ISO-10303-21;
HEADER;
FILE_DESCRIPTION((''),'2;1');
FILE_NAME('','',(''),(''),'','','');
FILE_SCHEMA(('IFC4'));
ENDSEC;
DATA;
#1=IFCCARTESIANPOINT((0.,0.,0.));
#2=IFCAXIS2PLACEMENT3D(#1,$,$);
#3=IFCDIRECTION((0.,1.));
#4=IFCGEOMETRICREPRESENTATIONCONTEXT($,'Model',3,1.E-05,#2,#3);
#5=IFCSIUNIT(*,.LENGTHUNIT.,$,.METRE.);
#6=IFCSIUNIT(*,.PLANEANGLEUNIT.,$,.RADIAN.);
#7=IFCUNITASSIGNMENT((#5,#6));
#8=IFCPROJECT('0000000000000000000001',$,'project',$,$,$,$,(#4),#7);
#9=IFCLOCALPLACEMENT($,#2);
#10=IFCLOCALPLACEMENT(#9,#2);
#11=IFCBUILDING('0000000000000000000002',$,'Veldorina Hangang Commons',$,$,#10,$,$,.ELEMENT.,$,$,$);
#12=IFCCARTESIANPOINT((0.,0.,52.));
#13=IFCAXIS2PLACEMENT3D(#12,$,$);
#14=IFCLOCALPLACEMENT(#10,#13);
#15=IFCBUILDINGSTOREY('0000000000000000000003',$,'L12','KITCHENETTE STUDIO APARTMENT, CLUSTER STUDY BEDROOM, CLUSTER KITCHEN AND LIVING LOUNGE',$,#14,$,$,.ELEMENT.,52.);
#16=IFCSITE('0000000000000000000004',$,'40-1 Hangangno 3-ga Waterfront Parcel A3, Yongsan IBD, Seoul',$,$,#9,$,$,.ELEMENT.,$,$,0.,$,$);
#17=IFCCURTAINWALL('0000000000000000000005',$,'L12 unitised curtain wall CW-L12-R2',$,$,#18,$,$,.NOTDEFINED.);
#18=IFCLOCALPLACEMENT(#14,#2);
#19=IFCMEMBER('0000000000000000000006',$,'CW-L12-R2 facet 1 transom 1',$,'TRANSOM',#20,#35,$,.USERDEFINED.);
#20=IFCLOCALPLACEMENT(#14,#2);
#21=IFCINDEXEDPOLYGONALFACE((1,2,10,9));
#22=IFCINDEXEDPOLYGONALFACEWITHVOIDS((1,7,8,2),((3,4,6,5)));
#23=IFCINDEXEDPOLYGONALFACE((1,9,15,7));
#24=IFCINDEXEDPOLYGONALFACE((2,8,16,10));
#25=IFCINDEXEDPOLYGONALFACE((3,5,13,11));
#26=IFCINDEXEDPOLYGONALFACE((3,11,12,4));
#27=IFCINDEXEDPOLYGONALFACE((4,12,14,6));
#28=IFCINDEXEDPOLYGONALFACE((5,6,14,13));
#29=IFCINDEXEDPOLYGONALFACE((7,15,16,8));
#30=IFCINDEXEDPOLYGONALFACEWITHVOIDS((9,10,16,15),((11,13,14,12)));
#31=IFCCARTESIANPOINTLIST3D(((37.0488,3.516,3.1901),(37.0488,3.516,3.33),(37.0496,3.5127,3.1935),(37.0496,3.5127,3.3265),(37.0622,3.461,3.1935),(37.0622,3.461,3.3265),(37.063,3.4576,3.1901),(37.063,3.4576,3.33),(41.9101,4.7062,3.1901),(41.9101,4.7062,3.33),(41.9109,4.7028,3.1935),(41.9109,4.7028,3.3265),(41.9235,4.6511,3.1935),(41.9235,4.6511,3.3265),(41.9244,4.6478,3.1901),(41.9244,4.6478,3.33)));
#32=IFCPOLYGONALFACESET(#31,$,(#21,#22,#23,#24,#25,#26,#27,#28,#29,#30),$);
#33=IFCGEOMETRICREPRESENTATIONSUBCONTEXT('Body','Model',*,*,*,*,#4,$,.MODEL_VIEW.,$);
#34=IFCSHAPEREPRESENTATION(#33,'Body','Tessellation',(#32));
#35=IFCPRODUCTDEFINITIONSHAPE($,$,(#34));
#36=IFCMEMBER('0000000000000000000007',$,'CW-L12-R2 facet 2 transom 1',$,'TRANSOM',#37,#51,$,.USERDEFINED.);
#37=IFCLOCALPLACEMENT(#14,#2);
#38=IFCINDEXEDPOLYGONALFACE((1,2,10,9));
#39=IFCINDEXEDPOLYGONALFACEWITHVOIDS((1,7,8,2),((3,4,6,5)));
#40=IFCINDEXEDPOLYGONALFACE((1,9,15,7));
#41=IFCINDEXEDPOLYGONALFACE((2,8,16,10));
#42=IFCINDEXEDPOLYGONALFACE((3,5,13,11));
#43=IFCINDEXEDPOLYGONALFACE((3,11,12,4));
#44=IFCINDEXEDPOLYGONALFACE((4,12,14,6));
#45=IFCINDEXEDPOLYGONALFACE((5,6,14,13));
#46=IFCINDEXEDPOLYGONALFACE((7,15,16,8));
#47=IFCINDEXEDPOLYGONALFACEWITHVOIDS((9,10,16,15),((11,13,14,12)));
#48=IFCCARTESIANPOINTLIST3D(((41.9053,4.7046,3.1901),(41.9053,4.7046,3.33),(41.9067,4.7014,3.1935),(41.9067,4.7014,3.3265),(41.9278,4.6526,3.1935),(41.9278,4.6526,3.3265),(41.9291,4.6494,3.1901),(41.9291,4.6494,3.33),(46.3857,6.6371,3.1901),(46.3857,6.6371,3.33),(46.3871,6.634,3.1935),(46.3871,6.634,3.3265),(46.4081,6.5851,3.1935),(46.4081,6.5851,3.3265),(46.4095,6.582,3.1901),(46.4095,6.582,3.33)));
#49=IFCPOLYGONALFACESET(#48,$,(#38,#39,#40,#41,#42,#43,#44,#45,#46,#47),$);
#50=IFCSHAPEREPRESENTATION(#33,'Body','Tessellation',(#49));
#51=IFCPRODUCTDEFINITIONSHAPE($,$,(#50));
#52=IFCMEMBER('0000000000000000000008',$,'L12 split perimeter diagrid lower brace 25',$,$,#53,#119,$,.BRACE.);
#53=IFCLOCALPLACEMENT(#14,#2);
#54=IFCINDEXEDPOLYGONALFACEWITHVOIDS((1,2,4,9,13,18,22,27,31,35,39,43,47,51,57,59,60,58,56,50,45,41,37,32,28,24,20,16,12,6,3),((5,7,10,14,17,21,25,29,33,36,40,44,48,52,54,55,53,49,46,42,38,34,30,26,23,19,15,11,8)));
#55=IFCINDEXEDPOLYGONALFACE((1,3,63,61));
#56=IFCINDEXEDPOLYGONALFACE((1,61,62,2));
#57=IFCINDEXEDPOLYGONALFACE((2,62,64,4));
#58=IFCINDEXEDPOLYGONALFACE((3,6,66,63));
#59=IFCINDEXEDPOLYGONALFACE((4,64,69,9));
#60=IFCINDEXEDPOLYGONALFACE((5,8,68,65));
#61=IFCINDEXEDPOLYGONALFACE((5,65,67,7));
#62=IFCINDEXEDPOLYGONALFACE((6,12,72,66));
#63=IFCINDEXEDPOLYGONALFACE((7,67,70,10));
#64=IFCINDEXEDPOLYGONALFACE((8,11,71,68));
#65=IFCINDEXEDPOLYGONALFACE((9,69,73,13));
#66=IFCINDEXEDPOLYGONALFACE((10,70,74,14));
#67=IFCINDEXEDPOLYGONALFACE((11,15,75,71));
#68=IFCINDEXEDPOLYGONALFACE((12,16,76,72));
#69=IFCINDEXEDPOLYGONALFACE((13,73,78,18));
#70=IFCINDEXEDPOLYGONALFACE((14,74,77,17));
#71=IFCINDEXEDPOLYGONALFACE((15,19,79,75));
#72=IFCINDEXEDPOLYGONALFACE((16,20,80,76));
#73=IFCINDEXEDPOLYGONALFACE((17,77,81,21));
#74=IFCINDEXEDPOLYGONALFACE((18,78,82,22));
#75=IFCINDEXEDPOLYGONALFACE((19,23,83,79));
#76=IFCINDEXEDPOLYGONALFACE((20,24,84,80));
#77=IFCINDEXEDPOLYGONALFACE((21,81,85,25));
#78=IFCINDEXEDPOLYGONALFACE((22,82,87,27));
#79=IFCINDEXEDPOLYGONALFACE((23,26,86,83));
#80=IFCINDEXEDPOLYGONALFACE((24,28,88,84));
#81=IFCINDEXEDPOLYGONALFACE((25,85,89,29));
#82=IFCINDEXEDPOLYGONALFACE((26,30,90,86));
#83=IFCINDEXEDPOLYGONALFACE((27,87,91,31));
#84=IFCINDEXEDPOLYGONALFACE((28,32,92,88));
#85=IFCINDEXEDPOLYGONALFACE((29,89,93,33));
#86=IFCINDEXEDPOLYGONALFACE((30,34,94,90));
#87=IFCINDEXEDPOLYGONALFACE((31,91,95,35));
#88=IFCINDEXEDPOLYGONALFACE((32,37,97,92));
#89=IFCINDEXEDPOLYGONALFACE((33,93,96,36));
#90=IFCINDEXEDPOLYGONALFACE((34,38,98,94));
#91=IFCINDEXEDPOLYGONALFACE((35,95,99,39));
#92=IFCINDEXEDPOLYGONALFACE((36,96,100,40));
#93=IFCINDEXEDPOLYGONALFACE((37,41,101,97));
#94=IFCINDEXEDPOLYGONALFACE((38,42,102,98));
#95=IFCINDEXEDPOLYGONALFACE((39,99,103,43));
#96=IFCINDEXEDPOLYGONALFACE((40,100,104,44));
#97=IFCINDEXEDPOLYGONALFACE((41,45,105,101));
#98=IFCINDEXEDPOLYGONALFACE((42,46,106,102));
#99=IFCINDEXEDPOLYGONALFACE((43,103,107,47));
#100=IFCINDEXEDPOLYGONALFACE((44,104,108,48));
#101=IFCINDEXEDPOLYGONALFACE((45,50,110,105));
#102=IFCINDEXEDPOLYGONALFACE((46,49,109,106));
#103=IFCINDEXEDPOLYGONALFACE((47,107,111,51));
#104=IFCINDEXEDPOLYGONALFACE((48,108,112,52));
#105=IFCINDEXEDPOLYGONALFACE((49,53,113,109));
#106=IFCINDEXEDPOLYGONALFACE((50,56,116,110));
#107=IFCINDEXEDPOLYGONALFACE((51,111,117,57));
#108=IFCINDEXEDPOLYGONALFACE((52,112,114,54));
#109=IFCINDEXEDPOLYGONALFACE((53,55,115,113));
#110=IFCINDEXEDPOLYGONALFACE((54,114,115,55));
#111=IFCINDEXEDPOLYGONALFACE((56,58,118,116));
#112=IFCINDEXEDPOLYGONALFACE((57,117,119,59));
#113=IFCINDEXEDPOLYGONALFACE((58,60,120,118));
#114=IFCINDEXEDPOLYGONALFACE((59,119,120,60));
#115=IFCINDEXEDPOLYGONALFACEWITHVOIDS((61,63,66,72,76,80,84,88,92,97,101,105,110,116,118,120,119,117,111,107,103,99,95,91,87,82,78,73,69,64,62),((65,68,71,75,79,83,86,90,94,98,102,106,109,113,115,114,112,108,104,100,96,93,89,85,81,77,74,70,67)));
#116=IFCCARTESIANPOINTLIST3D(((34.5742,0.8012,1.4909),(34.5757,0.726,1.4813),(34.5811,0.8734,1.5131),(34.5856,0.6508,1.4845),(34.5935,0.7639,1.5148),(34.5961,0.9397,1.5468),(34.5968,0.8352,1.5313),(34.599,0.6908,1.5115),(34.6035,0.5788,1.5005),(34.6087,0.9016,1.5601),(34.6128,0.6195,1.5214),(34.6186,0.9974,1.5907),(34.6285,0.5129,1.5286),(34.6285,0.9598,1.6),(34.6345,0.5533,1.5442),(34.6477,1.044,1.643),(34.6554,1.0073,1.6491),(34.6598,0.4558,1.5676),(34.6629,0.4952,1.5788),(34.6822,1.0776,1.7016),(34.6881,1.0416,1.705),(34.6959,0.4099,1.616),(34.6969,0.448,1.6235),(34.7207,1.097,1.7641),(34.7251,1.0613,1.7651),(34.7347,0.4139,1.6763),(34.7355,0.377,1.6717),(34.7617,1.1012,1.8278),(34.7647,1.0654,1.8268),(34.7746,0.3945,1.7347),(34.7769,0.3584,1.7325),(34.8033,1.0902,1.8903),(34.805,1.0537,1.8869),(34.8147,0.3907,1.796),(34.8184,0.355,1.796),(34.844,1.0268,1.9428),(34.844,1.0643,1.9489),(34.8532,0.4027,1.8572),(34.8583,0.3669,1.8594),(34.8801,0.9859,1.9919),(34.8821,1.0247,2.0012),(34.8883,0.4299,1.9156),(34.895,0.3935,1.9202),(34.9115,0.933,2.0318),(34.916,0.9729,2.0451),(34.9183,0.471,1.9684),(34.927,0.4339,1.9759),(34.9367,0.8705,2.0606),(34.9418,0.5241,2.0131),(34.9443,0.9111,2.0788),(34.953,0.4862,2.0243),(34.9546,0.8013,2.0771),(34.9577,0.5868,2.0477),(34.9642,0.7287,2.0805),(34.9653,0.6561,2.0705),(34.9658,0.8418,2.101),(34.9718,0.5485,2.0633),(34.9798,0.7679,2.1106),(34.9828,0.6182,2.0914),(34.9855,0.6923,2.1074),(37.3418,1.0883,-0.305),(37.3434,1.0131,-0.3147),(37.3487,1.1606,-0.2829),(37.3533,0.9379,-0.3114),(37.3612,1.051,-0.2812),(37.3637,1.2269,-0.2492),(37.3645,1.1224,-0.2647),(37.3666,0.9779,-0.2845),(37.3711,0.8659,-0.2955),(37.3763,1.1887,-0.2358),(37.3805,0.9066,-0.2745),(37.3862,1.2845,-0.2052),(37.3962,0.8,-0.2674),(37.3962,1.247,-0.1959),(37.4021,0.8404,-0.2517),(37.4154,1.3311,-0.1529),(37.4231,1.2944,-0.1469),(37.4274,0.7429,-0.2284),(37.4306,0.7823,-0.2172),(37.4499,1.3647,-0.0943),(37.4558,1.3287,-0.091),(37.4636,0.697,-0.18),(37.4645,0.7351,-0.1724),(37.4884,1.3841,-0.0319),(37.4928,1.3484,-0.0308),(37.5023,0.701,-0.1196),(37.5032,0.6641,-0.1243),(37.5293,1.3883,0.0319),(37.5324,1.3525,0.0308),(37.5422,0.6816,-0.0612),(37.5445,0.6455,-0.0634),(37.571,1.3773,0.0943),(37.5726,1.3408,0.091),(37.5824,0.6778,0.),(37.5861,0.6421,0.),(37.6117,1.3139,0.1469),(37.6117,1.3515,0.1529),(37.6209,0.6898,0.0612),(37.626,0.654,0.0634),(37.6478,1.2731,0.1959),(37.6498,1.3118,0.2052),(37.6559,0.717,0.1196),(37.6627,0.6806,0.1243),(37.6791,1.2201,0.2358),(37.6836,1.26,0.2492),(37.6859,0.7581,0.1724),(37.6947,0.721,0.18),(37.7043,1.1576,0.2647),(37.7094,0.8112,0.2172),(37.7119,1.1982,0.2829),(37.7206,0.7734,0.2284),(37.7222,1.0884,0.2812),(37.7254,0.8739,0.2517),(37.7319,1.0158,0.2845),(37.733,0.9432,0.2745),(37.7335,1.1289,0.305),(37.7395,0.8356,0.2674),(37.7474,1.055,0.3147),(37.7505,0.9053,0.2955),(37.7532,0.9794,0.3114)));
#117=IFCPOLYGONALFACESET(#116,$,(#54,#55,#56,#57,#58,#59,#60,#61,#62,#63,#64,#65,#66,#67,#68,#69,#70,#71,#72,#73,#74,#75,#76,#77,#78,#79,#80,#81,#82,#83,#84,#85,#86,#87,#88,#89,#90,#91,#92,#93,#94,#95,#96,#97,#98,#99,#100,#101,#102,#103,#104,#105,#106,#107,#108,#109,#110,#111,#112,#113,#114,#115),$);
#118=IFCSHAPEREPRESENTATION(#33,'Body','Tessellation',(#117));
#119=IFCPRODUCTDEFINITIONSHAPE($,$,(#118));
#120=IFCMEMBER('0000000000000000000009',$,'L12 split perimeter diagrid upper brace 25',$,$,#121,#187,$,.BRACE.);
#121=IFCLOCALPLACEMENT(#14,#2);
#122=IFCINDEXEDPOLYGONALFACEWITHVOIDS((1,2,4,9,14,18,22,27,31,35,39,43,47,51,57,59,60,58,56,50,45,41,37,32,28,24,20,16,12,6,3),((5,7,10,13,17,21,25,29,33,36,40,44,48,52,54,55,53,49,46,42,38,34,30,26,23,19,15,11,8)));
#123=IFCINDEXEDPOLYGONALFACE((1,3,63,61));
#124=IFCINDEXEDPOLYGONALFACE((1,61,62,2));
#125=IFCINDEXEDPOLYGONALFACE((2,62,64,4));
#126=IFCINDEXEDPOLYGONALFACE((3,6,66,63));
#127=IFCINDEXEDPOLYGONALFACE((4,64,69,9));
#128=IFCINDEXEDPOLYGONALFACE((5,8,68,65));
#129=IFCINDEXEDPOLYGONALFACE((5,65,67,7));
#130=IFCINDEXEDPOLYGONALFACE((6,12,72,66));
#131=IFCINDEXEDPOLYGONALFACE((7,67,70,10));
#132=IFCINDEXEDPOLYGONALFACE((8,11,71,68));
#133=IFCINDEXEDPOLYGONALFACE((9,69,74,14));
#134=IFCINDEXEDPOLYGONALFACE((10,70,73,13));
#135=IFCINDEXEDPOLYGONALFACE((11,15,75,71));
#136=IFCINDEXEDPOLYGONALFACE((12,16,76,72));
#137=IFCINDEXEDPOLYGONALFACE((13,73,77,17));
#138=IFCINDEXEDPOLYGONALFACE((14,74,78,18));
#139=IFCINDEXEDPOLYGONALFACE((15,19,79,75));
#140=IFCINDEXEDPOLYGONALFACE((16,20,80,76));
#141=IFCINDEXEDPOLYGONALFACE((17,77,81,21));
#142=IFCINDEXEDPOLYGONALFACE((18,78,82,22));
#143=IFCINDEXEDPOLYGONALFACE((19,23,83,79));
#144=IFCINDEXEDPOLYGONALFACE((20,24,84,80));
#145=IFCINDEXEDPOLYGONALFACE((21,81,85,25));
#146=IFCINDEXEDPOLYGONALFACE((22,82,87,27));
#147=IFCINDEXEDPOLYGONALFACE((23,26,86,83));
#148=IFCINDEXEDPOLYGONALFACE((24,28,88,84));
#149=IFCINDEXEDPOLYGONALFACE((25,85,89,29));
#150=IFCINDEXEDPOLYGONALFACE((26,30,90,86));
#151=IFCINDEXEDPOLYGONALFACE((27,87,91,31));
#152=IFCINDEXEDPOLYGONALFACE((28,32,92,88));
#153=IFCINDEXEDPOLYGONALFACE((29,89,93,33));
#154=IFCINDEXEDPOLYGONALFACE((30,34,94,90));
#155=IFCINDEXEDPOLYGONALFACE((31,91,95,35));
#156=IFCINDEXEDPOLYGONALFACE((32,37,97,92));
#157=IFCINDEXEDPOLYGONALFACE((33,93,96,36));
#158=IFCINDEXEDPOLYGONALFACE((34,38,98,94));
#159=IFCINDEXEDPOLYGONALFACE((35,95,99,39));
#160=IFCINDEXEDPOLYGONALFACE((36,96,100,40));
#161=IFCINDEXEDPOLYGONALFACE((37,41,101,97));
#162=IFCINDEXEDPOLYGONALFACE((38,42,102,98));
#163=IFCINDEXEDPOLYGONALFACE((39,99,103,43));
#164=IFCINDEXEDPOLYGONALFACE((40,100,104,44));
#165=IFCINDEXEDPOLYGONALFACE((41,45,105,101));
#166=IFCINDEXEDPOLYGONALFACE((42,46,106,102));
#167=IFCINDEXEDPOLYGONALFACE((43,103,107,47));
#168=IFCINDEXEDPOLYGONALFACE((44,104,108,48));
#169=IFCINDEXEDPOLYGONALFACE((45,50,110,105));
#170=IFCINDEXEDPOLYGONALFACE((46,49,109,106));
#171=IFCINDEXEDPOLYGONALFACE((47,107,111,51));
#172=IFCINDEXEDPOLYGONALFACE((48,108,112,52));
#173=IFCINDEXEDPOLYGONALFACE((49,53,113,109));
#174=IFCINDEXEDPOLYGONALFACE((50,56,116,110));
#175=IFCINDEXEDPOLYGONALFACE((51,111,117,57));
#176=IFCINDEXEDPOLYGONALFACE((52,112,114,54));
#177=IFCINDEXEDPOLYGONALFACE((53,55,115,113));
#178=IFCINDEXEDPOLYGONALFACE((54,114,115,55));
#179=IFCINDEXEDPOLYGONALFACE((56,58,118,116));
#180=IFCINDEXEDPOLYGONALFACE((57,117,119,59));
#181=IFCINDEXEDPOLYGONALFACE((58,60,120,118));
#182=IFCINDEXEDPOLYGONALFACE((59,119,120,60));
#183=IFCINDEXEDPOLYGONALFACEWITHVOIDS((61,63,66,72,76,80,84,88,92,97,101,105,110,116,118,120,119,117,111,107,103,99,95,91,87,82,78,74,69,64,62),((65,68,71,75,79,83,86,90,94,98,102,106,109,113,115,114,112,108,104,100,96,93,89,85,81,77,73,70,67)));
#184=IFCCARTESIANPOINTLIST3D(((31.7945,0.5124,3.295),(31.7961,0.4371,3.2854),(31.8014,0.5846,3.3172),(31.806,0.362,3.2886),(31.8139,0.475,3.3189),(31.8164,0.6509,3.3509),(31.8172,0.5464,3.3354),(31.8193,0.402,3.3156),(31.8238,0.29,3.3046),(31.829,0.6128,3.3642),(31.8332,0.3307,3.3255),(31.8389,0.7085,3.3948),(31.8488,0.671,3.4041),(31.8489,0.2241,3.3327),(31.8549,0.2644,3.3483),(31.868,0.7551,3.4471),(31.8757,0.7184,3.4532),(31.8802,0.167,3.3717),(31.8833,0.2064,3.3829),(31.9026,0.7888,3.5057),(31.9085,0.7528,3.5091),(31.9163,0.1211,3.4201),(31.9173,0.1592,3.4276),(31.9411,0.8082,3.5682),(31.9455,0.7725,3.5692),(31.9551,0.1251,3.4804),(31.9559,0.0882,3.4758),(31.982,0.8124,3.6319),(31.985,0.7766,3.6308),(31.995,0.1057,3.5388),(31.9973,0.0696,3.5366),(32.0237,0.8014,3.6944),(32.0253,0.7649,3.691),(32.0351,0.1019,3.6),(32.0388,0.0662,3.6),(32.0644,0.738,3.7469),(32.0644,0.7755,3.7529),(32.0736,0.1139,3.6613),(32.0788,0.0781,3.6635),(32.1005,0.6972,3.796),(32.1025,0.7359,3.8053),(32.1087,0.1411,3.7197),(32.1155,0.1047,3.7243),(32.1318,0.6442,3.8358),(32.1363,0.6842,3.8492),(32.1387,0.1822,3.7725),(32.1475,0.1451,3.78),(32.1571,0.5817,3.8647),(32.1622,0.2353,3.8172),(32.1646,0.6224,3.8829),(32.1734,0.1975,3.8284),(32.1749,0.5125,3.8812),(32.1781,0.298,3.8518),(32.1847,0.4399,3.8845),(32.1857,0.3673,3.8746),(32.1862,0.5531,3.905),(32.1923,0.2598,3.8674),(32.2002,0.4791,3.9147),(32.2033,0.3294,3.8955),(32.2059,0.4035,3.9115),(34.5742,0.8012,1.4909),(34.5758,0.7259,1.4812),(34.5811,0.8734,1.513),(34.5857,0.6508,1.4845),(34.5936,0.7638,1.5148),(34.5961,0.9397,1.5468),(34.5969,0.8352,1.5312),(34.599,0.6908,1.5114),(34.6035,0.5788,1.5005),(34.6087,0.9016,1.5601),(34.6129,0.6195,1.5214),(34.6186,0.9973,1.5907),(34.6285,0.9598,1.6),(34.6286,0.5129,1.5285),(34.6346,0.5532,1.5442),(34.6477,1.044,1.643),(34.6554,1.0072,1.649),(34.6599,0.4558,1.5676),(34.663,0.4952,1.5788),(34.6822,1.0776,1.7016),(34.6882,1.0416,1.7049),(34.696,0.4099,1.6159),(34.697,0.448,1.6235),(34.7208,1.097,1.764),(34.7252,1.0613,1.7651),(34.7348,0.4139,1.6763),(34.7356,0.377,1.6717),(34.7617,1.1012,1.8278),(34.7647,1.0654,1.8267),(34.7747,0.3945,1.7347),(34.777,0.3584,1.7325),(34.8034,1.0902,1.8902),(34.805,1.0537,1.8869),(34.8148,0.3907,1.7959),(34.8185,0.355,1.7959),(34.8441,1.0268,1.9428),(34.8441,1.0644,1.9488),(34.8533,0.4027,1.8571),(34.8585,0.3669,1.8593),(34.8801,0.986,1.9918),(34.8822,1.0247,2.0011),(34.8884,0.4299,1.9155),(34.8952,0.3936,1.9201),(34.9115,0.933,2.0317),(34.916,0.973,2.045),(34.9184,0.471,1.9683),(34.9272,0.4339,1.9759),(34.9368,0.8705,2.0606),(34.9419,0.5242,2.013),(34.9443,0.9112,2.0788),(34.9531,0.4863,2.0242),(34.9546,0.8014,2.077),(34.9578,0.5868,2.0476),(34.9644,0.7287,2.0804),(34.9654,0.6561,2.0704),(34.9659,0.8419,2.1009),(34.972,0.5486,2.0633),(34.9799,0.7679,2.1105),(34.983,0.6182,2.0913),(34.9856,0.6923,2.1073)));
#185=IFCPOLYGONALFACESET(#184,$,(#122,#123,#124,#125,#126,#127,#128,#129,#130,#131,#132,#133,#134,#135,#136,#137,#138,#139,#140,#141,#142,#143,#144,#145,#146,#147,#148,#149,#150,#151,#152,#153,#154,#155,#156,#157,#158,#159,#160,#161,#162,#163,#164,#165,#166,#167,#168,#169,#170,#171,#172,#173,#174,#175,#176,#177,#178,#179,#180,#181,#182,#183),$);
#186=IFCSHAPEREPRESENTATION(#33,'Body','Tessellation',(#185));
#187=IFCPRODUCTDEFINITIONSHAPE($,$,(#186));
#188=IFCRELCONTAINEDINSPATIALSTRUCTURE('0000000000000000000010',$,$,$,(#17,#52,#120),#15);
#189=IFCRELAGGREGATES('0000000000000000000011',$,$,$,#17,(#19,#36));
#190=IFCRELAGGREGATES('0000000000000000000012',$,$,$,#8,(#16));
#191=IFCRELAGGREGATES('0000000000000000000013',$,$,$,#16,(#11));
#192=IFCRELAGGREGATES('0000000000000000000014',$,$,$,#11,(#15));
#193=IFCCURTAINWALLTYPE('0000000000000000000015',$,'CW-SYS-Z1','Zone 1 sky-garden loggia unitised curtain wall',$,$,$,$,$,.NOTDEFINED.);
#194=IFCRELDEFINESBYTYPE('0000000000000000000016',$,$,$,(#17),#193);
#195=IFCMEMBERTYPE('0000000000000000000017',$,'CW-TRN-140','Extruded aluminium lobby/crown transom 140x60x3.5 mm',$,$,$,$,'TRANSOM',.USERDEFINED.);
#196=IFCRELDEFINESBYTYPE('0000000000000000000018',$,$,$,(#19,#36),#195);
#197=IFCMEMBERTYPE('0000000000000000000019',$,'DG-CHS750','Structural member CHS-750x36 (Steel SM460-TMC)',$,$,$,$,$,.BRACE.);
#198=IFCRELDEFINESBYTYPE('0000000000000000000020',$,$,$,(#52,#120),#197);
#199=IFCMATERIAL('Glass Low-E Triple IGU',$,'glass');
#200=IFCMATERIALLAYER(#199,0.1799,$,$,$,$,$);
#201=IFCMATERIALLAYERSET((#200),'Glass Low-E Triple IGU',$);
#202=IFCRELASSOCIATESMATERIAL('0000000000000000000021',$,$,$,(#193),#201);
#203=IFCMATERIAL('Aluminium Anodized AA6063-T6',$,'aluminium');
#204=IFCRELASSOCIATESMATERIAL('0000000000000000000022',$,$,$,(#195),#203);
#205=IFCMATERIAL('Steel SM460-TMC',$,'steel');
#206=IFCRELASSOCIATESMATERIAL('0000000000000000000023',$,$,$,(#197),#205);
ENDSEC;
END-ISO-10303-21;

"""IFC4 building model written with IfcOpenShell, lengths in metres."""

from ifc_helpers import new_model, si_unit, direction, frame, origin, origin_2d, place, context, subcontext, project, spatial, hollow_rectangle, hollow_circle, extrude, material, layer, layer_set, material_profile, profile_set, type_object, element, aggregate, save


model = new_model("IFC4")

# Units and contexts
model_context = context("Model", 3, precision=1e-05, world=origin(), true_north=direction((0.0, 1.0)))
body_context = subcontext(model_context, "Body", "Model", "MODEL_VIEW")
ifc_project = project(units=[si_unit("LENGTHUNIT", "METRE"), si_unit("PLANEANGLEUNIT", "RADIAN")], contexts=[model_context])

# Site, building, storey
site_placement = place(None, origin())
site = spatial("IfcSite", under=ifc_project, at=site_placement, Name="40-1 Hangangno 3-ga Waterfront Parcel A3, Yongsan IBD, Seoul", CompositionType="ELEMENT", RefElevation=0.0)
building_placement = place(site_placement, origin())
building = spatial("IfcBuilding", under=site, at=building_placement, Name="Veldorina Hangang Commons", CompositionType="ELEMENT")
storey_placement = place(building_placement, frame((0.0, 0.0, 52.0)))
storey = spatial("IfcBuildingStorey", under=building, at=storey_placement, Name="L12", Description="KITCHENETTE STUDIO APARTMENT, CLUSTER STUDY BEDROOM, CLUSTER KITCHEN AND LIVING LOUNGE", CompositionType="ELEMENT", Elevation=52.0)

# Shared definitions
ifc_material_1 = material(Name="Steel SM460-TMC", Category="steel")

# Shared definitions
ifc_material_2 = material(Name="Glass Low-E Triple IGU", Category="glass")
ifc_layer_1 = layer(ifc_material_2, 0.1799)
ifc_layer_set_1 = layer_set([ifc_layer_1], Name="Glass Low-E Triple IGU")
curtain_wall_type = type_object("IfcCurtainWallType", Name="CW-SYS-Z1", Description="Zone 1 sky-garden loggia unitised curtain wall", PredefinedType="NOTDEFINED", material=ifc_layer_set_1)
ifc_material_3 = material(Name="Aluminium Anodized AA6063-T6", Category="aluminium")

# Curtain wall, members
curtain_wall_1_placement = place(storey_placement, origin())
curtain_wall_1 = element("IfcCurtainWall", 1, at=curtain_wall_1_placement, inside=storey, type_object=curtain_wall_type, Name="L12 unitised curtain wall CW-L12-R2", PredefinedType="NOTDEFINED")
ifc_material_profile_1 = material_profile(ifc_material_3, hollow_rectangle(XDim=0.0601, YDim=0.1399, WallThickness=0.0034, at=origin_2d()), Name="ALU-RHS-140x60x3.5")
ifc_profile_set_1 = profile_set([ifc_material_profile_1], Name="Aluminium Anodized AA6063-T6")
member_type_1 = type_object("IfcMemberType", Name="CW-TRN-140", Description="Extruded aluminium lobby/crown transom 140x60x3.5 mm", ElementType="TRANSOM", PredefinedType="USERDEFINED", material=ifc_profile_set_1)
member_1_placement = place(storey_placement, frame((37.0559, 3.4868, 3.26), z_axis=(0.971313, 0.237804, 0.0), x_axis=(-0.237804, 0.971313, 0.0)))
member_1 = element("IfcMember", 2, at=member_1_placement, type_object=member_type_1, Name="CW-L12-R2 facet 1 transom 1", ObjectType="TRANSOM", PredefinedType="USERDEFINED", context=body_context, shape_type="SweptSolid", body=[
    extrude(hollow_rectangle(XDim=0.0601, YDim=0.1399, WallThickness=0.0034, at=origin_2d()), origin(), (0.0, 0.0, 1.0), 5.0049),
])
member_2_placement = place(storey_placement, frame((41.9172, 4.677, 3.26), z_axis=(0.918221, 0.396068, 0.0), x_axis=(-0.396068, 0.918221, 0.0)))
member_2 = element("IfcMember", 3, at=member_2_placement, type_object=member_type_1, Name="CW-L12-R2 facet 2 transom 1", ObjectType="TRANSOM", PredefinedType="USERDEFINED", context=body_context, shape_type="SweptSolid", body=[
    extrude(hollow_rectangle(XDim=0.0601, YDim=0.1399, WallThickness=0.0034, at=origin_2d()), origin(), (0.0, 0.0, 1.0), 4.8794),
])

# Members
ifc_material_profile_2 = material_profile(ifc_material_1, hollow_circle(Radius=0.375, WallThickness=0.0359, at=origin_2d()), Name="CHS-750x36")
ifc_profile_set_2 = profile_set([ifc_material_profile_2], Name="Steel SM460-TMC")
member_type_2 = type_object("IfcMemberType", Name="DG-CHS750", Description="Structural member CHS-750x36 (Steel SM460-TMC)", PredefinedType="BRACE", material=ifc_profile_set_2)
member_3_placement = place(storey_placement, frame((37.5474, 1.0151, 0.0), z_axis=(-0.835704, -0.086696, 0.542294), x_axis=(0.103187, -0.994662, 0.0)))
element("IfcMember", 4, at=member_3_placement, inside=storey, type_object=member_type_2, Name="L12 split perimeter diagrid lower brace 25", PredefinedType="BRACE", context=body_context, shape_type="SweptSolid", body=[
    extrude(hollow_circle(Radius=0.375, WallThickness=0.0359, at=origin_2d()), origin(), (0.0, 0.0, 1.0), 3.3118),
])
member_4_placement = place(storey_placement, frame((34.7798, 0.728, 1.7959), z_axis=(-0.835643, -0.086823, 0.542368), x_axis=(0.103343, -0.994646, 0.0)))
element("IfcMember", 5, at=member_4_placement, inside=storey, type_object=member_type_2, Name="L12 split perimeter diagrid upper brace 25", PredefinedType="BRACE", context=body_context, shape_type="SweptSolid", body=[
    extrude(hollow_circle(Radius=0.375, WallThickness=0.0359, at=origin_2d()), origin(), (0.0, 0.0, 1.0), 3.3264),
])

aggregate(curtain_wall_1, [member_1, member_2])

save(model, "model.ifc")
